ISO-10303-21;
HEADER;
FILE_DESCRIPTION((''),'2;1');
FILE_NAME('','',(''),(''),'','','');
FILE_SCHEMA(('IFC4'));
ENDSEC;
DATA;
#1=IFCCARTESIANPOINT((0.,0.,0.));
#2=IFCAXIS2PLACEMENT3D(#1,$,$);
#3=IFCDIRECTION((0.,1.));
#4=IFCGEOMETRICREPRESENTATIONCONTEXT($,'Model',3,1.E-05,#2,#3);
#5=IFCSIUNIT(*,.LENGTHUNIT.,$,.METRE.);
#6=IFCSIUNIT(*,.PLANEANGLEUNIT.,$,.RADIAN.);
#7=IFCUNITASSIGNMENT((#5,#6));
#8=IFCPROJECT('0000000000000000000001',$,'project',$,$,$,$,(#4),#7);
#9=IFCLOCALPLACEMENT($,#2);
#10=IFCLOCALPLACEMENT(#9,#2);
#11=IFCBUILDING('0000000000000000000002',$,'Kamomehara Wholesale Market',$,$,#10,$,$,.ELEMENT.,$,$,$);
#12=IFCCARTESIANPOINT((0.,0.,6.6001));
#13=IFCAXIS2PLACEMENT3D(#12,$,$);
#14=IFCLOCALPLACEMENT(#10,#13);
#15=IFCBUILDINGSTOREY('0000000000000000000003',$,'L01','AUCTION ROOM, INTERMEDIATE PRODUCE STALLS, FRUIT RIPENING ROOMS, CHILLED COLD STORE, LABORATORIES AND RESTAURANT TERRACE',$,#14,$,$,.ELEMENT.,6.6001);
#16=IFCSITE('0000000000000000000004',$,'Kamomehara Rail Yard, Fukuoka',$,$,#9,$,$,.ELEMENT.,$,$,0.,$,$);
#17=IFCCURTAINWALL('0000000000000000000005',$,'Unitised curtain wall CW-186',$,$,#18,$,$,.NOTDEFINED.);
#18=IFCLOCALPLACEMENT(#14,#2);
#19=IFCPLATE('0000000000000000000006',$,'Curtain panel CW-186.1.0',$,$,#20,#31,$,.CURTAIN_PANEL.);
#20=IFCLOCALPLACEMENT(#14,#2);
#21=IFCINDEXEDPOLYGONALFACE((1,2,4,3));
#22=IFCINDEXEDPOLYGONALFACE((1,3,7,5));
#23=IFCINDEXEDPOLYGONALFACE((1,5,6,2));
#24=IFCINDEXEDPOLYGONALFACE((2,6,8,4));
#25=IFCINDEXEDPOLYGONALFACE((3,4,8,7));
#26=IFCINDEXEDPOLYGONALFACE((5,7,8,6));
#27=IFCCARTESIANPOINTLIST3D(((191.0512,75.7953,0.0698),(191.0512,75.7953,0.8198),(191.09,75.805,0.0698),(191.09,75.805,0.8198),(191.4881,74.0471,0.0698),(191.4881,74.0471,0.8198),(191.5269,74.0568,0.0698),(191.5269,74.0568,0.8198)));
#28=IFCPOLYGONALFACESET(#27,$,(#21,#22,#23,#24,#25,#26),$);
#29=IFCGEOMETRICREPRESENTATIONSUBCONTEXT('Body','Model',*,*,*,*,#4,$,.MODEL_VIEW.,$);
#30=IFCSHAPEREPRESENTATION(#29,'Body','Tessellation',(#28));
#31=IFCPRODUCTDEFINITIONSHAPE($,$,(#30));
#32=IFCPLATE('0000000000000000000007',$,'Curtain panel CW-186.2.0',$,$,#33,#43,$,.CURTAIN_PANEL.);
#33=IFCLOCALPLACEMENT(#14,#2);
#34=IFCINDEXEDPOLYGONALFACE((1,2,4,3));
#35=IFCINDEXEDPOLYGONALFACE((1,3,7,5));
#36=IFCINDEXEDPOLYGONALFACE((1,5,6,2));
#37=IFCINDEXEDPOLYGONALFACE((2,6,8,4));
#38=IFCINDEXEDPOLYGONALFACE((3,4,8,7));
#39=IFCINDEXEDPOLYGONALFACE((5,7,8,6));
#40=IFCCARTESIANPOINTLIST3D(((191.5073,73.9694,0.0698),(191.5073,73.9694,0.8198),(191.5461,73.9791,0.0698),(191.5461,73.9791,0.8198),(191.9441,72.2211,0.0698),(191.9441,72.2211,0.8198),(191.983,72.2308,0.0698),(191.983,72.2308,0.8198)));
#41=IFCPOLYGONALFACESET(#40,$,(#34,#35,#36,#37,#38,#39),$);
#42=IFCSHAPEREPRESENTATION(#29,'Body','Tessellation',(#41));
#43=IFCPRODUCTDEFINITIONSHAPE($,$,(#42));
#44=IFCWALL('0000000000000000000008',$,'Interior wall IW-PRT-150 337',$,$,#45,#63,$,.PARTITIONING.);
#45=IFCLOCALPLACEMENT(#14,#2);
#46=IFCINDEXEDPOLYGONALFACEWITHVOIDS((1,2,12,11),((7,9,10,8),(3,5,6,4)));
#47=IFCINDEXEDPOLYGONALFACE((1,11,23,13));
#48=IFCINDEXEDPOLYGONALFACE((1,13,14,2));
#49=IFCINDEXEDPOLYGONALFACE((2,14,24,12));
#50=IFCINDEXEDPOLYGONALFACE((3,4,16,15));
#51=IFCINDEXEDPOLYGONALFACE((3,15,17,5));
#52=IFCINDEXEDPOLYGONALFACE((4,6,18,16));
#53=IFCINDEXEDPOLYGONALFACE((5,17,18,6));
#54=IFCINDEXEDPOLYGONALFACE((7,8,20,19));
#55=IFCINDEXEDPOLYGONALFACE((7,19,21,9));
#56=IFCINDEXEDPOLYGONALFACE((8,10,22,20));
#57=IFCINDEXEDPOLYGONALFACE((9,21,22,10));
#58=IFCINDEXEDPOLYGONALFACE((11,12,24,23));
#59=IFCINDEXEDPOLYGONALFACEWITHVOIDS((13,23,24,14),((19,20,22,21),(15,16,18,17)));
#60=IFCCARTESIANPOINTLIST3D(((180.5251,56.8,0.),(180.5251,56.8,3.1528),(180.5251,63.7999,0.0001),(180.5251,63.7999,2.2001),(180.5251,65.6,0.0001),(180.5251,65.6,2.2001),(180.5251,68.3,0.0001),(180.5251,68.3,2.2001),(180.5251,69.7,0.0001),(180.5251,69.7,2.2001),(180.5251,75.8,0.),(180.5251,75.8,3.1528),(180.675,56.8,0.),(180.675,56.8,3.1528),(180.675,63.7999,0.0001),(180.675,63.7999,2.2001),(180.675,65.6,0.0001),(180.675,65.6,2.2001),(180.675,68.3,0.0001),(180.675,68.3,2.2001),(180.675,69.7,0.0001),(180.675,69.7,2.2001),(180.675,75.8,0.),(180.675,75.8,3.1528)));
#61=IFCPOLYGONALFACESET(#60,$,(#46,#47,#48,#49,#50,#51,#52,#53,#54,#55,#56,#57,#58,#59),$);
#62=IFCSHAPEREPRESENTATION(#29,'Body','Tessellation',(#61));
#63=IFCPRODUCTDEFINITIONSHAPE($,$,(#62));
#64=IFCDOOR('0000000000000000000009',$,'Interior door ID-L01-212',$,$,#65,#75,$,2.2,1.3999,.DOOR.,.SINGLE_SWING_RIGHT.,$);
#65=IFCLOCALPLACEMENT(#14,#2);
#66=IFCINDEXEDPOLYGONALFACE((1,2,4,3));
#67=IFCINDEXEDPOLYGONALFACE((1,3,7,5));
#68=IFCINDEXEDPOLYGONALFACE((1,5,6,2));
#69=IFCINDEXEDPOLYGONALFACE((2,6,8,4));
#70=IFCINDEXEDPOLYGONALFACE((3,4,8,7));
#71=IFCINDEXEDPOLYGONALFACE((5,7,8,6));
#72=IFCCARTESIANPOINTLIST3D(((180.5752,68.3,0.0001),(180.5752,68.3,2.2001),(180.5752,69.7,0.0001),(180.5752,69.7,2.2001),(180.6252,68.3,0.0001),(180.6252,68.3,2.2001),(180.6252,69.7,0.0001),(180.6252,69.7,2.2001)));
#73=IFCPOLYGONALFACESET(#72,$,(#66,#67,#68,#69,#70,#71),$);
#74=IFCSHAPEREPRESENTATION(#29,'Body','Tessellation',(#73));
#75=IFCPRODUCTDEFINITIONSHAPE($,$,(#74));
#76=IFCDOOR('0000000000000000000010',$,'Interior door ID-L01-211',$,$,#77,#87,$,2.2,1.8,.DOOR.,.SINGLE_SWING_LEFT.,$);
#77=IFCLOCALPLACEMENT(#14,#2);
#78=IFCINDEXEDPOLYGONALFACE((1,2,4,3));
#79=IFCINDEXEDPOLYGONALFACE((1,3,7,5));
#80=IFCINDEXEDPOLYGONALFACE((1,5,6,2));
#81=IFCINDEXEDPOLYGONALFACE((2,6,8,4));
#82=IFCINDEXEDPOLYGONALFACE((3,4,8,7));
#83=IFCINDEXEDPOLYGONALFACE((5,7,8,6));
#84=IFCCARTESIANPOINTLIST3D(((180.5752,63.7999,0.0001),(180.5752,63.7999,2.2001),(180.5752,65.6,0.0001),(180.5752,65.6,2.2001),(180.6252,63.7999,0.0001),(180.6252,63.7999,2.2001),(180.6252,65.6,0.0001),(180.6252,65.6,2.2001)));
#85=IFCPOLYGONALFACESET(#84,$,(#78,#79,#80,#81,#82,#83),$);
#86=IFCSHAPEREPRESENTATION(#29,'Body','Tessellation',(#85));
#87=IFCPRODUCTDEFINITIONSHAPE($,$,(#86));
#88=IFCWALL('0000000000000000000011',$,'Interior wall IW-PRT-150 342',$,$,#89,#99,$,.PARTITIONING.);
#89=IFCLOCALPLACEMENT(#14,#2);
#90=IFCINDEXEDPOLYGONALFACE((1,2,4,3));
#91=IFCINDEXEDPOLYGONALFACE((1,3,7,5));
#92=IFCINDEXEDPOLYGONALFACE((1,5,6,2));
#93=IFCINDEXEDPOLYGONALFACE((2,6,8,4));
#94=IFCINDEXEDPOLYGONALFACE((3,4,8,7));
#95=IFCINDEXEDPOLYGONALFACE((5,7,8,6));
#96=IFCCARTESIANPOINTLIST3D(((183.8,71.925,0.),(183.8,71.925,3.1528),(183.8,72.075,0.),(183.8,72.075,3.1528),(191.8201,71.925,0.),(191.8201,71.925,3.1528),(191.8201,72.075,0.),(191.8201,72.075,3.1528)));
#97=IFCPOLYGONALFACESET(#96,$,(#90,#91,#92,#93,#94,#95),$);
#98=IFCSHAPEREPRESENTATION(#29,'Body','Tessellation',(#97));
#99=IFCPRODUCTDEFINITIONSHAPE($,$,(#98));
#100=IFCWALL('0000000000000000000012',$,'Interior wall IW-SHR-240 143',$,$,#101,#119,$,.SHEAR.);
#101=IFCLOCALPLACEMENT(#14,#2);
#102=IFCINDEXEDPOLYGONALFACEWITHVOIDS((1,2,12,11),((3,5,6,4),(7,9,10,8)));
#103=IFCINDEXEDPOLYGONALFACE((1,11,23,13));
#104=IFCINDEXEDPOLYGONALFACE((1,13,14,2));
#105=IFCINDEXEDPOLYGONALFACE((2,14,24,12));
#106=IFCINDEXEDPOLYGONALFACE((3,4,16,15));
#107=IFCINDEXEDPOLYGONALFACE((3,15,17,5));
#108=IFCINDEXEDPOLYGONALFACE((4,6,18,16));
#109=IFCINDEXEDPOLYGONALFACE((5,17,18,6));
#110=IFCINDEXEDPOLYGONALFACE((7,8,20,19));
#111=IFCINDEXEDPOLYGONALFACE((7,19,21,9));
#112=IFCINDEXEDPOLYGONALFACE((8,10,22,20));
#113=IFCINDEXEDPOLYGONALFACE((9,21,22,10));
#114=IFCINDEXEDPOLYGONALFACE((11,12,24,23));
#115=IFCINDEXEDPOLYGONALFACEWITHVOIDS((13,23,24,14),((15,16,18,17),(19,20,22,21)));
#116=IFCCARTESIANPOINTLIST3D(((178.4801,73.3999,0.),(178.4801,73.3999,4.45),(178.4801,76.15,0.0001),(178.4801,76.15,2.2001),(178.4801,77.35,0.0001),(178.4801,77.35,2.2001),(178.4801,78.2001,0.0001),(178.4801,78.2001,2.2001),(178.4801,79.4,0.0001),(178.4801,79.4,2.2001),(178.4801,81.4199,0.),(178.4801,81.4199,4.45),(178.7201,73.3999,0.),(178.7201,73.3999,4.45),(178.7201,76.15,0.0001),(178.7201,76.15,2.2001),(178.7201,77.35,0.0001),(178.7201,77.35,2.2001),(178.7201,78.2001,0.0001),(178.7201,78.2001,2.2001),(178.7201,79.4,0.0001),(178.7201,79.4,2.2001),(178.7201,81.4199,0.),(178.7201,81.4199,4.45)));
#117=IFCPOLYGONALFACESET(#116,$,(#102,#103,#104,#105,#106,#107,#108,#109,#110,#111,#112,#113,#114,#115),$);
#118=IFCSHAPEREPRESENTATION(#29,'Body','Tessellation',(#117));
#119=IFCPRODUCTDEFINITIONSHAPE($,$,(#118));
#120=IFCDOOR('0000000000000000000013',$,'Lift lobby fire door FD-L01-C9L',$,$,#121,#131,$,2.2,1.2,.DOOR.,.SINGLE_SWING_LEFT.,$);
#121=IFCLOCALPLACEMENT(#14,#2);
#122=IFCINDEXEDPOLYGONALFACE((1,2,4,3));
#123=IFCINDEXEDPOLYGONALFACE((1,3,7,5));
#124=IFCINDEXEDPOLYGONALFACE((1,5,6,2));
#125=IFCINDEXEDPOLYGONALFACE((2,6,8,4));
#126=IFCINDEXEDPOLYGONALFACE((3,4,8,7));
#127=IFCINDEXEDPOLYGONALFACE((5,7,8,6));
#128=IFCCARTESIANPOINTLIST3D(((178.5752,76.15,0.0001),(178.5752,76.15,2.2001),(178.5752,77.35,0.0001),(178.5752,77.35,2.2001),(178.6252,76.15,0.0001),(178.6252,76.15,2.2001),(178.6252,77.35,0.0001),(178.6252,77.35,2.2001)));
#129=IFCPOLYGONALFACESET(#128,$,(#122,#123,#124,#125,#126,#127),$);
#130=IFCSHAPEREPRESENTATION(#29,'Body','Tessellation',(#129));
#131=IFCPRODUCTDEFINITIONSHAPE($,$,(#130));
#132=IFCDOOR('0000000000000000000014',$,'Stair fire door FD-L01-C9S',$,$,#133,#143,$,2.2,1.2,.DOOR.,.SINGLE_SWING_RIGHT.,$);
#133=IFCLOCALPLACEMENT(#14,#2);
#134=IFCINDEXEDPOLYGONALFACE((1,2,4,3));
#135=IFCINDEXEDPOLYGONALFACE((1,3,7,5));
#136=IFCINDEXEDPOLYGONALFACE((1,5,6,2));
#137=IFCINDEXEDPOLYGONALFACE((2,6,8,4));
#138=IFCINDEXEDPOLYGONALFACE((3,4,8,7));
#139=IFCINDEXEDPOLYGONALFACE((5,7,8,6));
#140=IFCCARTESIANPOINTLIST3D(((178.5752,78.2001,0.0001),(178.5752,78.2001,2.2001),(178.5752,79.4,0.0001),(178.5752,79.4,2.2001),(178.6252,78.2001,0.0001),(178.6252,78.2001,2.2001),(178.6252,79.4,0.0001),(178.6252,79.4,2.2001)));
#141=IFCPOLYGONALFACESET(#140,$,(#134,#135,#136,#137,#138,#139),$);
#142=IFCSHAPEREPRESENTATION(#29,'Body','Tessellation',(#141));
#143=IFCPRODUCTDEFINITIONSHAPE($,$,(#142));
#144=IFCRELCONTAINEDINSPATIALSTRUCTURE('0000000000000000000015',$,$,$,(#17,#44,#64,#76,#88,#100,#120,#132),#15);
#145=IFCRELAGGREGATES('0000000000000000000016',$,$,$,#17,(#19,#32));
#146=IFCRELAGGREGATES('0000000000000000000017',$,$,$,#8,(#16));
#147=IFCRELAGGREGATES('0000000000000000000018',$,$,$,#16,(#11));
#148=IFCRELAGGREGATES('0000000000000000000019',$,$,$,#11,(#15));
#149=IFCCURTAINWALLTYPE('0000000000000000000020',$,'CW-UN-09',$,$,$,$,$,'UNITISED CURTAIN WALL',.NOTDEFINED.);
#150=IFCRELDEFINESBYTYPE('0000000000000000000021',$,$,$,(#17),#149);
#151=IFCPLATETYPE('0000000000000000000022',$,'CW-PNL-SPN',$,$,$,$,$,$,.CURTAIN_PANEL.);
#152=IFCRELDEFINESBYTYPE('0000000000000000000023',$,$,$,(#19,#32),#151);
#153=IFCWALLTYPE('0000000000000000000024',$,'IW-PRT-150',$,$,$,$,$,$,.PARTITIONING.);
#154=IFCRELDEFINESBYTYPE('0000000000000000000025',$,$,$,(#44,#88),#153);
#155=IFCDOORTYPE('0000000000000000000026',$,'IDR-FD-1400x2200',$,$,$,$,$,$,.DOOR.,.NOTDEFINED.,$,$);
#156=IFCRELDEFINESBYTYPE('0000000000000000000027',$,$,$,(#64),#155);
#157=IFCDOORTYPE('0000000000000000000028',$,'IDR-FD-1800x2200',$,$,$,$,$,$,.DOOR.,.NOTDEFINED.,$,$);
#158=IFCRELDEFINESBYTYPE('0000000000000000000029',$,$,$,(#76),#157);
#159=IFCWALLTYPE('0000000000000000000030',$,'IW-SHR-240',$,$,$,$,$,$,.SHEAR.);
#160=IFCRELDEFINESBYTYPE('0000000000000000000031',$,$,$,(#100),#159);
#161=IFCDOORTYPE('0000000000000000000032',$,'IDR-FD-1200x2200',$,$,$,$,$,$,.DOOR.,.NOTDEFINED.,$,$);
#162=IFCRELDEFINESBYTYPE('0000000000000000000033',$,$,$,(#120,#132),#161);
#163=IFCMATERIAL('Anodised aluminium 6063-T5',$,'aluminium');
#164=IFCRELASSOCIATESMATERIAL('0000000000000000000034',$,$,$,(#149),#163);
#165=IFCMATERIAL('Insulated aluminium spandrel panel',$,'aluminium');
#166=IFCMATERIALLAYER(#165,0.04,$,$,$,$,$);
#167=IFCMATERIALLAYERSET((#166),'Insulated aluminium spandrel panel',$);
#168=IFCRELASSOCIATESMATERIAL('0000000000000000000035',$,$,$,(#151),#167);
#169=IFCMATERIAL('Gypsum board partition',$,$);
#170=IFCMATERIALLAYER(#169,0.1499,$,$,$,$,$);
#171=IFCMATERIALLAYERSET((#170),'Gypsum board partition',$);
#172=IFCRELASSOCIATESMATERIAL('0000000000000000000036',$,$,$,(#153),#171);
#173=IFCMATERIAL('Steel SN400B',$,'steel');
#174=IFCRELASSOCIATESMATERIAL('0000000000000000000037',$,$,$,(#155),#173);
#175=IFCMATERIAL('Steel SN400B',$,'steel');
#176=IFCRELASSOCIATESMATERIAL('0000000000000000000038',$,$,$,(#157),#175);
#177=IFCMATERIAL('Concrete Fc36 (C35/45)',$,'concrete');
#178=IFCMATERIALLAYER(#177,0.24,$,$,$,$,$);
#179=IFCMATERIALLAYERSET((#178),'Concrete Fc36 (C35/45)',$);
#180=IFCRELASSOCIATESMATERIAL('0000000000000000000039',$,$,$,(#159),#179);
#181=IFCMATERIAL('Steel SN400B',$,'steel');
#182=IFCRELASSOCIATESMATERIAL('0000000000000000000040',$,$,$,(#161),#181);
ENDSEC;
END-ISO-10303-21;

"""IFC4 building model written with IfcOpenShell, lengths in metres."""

from ifc_helpers import new_model, si_unit, direction, frame, frame_2d, origin, origin_2d, place, context, subcontext, project, spatial, rectangle, extrude, material, layer, layer_set, type_object, element, fill, aggregate, save


model = new_model("IFC4")

# Units and contexts
model_context = context("Model", 3, precision=1e-05, world=origin(), true_north=direction((0.0, 1.0)))
body_context = subcontext(model_context, "Body", "Model", "MODEL_VIEW")
ifc_project = project(units=[si_unit("LENGTHUNIT", "METRE"), si_unit("PLANEANGLEUNIT", "RADIAN")], contexts=[model_context])

# Site, building, storey
site_placement = place(None, origin())
site = spatial("IfcSite", under=ifc_project, at=site_placement, Name="Kamomehara Rail Yard, Fukuoka", CompositionType="ELEMENT", RefElevation=0.0)
building_placement = place(site_placement, origin())
building = spatial("IfcBuilding", under=site, at=building_placement, Name="Kamomehara Wholesale Market", CompositionType="ELEMENT")
storey_placement = place(building_placement, frame((0.0, 0.0, 6.6001)))
storey = spatial("IfcBuildingStorey", under=building, at=storey_placement, Name="L01", Description="AUCTION ROOM, INTERMEDIATE PRODUCE STALLS, FRUIT RIPENING ROOMS, CHILLED COLD STORE, LABORATORIES AND RESTAURANT TERRACE", CompositionType="ELEMENT", Elevation=6.6001)

# Shared definitions
ifc_material_1 = material(Name="Anodised aluminium 6063-T5", Category="aluminium")
curtain_wall_type = type_object("IfcCurtainWallType", Name="CW-UN-09", ElementType="UNITISED CURTAIN WALL", PredefinedType="NOTDEFINED", material=ifc_material_1)

# Curtain wall, plates
curtain_wall_1_placement = place(storey_placement, origin())
curtain_wall_1 = element("IfcCurtainWall", 1, at=curtain_wall_1_placement, inside=storey, type_object=curtain_wall_type, Name="Unitised curtain wall CW-186", PredefinedType="NOTDEFINED")
ifc_material_2 = material(Name="Insulated aluminium spandrel panel", Category="aluminium")
ifc_layer_1 = layer(ifc_material_2, 0.04)
ifc_layer_set_1 = layer_set([ifc_layer_1], Name="Insulated aluminium spandrel panel")
plate_type_1 = type_object("IfcPlateType", Name="CW-PNL-SPN", PredefinedType="CURTAIN_PANEL", material=ifc_layer_set_1)
plate_1_placement = place(storey_placement, frame((191.2891, 74.926, 0.0698), z_axis=(0.0, 0.0, 1.0), x_axis=(0.242447, -0.970165, 0.0)))
plate_1 = element("IfcPlate", 2, at=plate_1_placement, type_object=plate_type_1, Name="Curtain panel CW-186.1.0", PredefinedType="CURTAIN_PANEL", context=body_context, shape_type="SweptSolid", body=[
    extrude(rectangle(XDim=1.802, YDim=0.04, at=origin_2d()), origin(), (0.0, 0.0, 1.0), 0.75),
])
plate_2_placement = place(storey_placement, frame((191.7451, 73.1001, 0.0698), z_axis=(0.0, 0.0, 1.0), x_axis=(0.242447, -0.970165, 0.0)))
plate_2 = element("IfcPlate", 3, at=plate_2_placement, type_object=plate_type_1, Name="Curtain panel CW-186.2.0", PredefinedType="CURTAIN_PANEL", context=body_context, shape_type="SweptSolid", body=[
    extrude(rectangle(XDim=1.802, YDim=0.04, at=origin_2d()), origin(), (0.0, 0.0, 1.0), 0.75),
])
aggregate(curtain_wall_1, [plate_1, plate_2])

# Wall, openings, doors
ifc_material_3 = material(Name="Gypsum board partition")
ifc_layer_2 = layer(ifc_material_3, 0.1499)
ifc_layer_set_2 = layer_set([ifc_layer_2], Name="Gypsum board partition")
wall_type_1 = type_object("IfcWallType", Name="IW-PRT-150", PredefinedType="PARTITIONING", material=ifc_layer_set_2)
wall_1_placement = place(storey_placement, frame((180.6001, 56.8, 0.0), z_axis=(0.0, 0.0, 1.0), x_axis=(0.0, 1.0, 0.0)))
wall_1 = element("IfcWall", 4, at=wall_1_placement, inside=storey, type_object=wall_type_1, Name="Interior wall IW-PRT-150 337", PredefinedType="PARTITIONING", context=body_context, shape_type="SweptSolid", body=[
    extrude(rectangle(XDim=19.0, YDim=0.1499, at=frame_2d((9.5, 0.0))), origin(), (0.0, 0.0, 1.0), 3.1528),
])
opening_1_placement = place(wall_1_placement, frame((7.0, 0.0, 0.0)))
opening_1 = element("IfcOpeningElement", 5, at=opening_1_placement, cuts=wall_1, PredefinedType="OPENING", context=body_context, shape_type="SweptSolid", body=[
    extrude(rectangle(XDim=1.8, YDim=2.2, at=frame_2d((0.8999, 1.1001))), frame((0.0, 0.0898, 0.0), z_axis=(0.0, -1.0, 0.0), x_axis=(1.0, 0.0, 0.0)), (0.0, 0.0, 1.0), 0.1797),
])
opening_2_placement = place(wall_1_placement, frame((11.5, 0.0, 0.0)))
opening_2 = element("IfcOpeningElement", 6, at=opening_2_placement, cuts=wall_1, PredefinedType="OPENING", context=body_context, shape_type="SweptSolid", body=[
    extrude(rectangle(XDim=1.3999, YDim=2.2, at=frame_2d((0.7, 1.1001))), frame((0.0, 0.0898, 0.0), z_axis=(0.0, -1.0, 0.0), x_axis=(1.0, 0.0, 0.0)), (0.0, 0.0, 1.0), 0.1797),
])
ifc_material_4 = material(Name="Steel SN400B", Category="steel")
door_type_1 = type_object("IfcDoorType", Name="IDR-FD-1400x2200", OperationType="NOTDEFINED", PredefinedType="DOOR", material=ifc_material_4)
door_1_placement = place(opening_2_placement, origin())
door_1 = element("IfcDoor", 7, at=door_1_placement, inside=storey, type_object=door_type_1, Name="Interior door ID-L01-212", OperationType="SINGLE_SWING_RIGHT", OverallHeight=2.2, OverallWidth=1.3999, PredefinedType="DOOR", context=body_context, shape_type="SweptSolid", body=[
    extrude(rectangle(XDim=1.3999, YDim=2.2, at=frame_2d((0.7, 1.1001))), frame((0.0, 0.0249, 0.0), z_axis=(0.0, -1.0, 0.0), x_axis=(1.0, 0.0, 0.0)), (0.0, 0.0, 1.0), 0.05),
])
fill(opening_2, door_1)
ifc_material_5 = material(Name="Steel SN400B", Category="steel")
door_type_2 = type_object("IfcDoorType", Name="IDR-FD-1800x2200", OperationType="NOTDEFINED", PredefinedType="DOOR", material=ifc_material_5)
door_2_placement = place(opening_1_placement, origin())
door_2 = element("IfcDoor", 8, at=door_2_placement, inside=storey, type_object=door_type_2, Name="Interior door ID-L01-211", OperationType="SINGLE_SWING_LEFT", OverallHeight=2.2, OverallWidth=1.8, PredefinedType="DOOR", context=body_context, shape_type="SweptSolid", body=[
    extrude(rectangle(XDim=1.8, YDim=2.2, at=frame_2d((0.8999, 1.1001))), frame((0.0, 0.0249, 0.0), z_axis=(0.0, -1.0, 0.0), x_axis=(1.0, 0.0, 0.0)), (0.0, 0.0, 1.0), 0.05),
])
fill(opening_1, door_2)

# Wall
wall_2_placement = place(storey_placement, frame((183.8, 72.0, 0.0), z_axis=(0.0, 0.0, 1.0), x_axis=(1.0, 0.0, 0.0)))
element("IfcWall", 9, at=wall_2_placement, inside=storey, type_object=wall_type_1, Name="Interior wall IW-PRT-150 342", PredefinedType="PARTITIONING", context=body_context, shape_type="SweptSolid", body=[
    extrude(rectangle(XDim=8.02, YDim=0.1499, at=frame_2d((4.01, 0.0))), origin(), (0.0, 0.0, 1.0), 3.1528),
])

# Wall, openings, doors
ifc_material_6 = material(Name="Concrete Fc36 (C35/45)", Category="concrete")
ifc_layer_3 = layer(ifc_material_6, 0.24)
ifc_layer_set_3 = layer_set([ifc_layer_3], Name="Concrete Fc36 (C35/45)")
wall_type_2 = type_object("IfcWallType", Name="IW-SHR-240", PredefinedType="SHEAR", material=ifc_layer_set_3)
wall_3_placement = place(storey_placement, frame((178.6001, 73.3999, 0.0), z_axis=(0.0, 0.0, 1.0), x_axis=(0.0, 1.0, 0.0)))
wall_3 = element("IfcWall", 10, at=wall_3_placement, inside=storey, type_object=wall_type_2, Name="Interior wall IW-SHR-240 143", PredefinedType="SHEAR", context=body_context, shape_type="SweptSolid", body=[
    extrude(rectangle(XDim=8.02, YDim=0.24, at=frame_2d((4.01, 0.0))), origin(), (0.0, 0.0, 1.0), 4.45),
])
opening_3_placement = place(wall_3_placement, frame((2.75, 0.0, 0.0)))
opening_3 = element("IfcOpeningElement", 11, at=opening_3_placement, cuts=wall_3, PredefinedType="OPENING", context=body_context, shape_type="SweptSolid", body=[
    extrude(rectangle(XDim=1.2, YDim=2.2, at=frame_2d((0.6001, 1.1001))), frame((0.0, 0.1348, 0.0), z_axis=(0.0, -1.0, 0.0), x_axis=(1.0, 0.0, 0.0)), (0.0, 0.0, 1.0), 0.2698),
])
opening_4_placement = place(wall_3_placement, frame((4.8, 0.0, 0.0)))
opening_4 = element("IfcOpeningElement", 12, at=opening_4_placement, cuts=wall_3, PredefinedType="OPENING", context=body_context, shape_type="SweptSolid", body=[
    extrude(rectangle(XDim=1.2, YDim=2.2, at=frame_2d((0.6001, 1.1001))), frame((0.0, 0.1348, 0.0), z_axis=(0.0, -1.0, 0.0), x_axis=(1.0, 0.0, 0.0)), (0.0, 0.0, 1.0), 0.2698),
])
ifc_material_7 = material(Name="Steel SN400B", Category="steel")
door_type_3 = type_object("IfcDoorType", Name="IDR-FD-1200x2200", OperationType="NOTDEFINED", PredefinedType="DOOR", material=ifc_material_7)
door_3_placement = place(opening_3_placement, origin())
door_3 = element("IfcDoor", 13, at=door_3_placement, inside=storey, type_object=door_type_3, Name="Lift lobby fire door FD-L01-C9L", OperationType="SINGLE_SWING_LEFT", OverallHeight=2.2, OverallWidth=1.2, PredefinedType="DOOR", context=body_context, shape_type="SweptSolid", body=[
    extrude(rectangle(XDim=1.2, YDim=2.2, at=frame_2d((0.6001, 1.1001))), frame((0.0, 0.0249, 0.0), z_axis=(0.0, -1.0, 0.0), x_axis=(1.0, 0.0, 0.0)), (0.0, 0.0, 1.0), 0.05),
])
fill(opening_3, door_3)
door_4_placement = place(opening_4_placement, origin())
door_4 = element("IfcDoor", 14, at=door_4_placement, inside=storey, type_object=door_type_3, Name="Stair fire door FD-L01-C9S", OperationType="SINGLE_SWING_RIGHT", OverallHeight=2.2, OverallWidth=1.2, PredefinedType="DOOR", context=body_context, shape_type="SweptSolid", body=[
    extrude(rectangle(XDim=1.2, YDim=2.2, at=frame_2d((0.6001, 1.1001))), frame((0.0, 0.0249, 0.0), z_axis=(0.0, -1.0, 0.0), x_axis=(1.0, 0.0, 0.0)), (0.0, 0.0, 1.0), 0.05),
])
fill(opening_4, door_4)

save(model, "model.ifc")
